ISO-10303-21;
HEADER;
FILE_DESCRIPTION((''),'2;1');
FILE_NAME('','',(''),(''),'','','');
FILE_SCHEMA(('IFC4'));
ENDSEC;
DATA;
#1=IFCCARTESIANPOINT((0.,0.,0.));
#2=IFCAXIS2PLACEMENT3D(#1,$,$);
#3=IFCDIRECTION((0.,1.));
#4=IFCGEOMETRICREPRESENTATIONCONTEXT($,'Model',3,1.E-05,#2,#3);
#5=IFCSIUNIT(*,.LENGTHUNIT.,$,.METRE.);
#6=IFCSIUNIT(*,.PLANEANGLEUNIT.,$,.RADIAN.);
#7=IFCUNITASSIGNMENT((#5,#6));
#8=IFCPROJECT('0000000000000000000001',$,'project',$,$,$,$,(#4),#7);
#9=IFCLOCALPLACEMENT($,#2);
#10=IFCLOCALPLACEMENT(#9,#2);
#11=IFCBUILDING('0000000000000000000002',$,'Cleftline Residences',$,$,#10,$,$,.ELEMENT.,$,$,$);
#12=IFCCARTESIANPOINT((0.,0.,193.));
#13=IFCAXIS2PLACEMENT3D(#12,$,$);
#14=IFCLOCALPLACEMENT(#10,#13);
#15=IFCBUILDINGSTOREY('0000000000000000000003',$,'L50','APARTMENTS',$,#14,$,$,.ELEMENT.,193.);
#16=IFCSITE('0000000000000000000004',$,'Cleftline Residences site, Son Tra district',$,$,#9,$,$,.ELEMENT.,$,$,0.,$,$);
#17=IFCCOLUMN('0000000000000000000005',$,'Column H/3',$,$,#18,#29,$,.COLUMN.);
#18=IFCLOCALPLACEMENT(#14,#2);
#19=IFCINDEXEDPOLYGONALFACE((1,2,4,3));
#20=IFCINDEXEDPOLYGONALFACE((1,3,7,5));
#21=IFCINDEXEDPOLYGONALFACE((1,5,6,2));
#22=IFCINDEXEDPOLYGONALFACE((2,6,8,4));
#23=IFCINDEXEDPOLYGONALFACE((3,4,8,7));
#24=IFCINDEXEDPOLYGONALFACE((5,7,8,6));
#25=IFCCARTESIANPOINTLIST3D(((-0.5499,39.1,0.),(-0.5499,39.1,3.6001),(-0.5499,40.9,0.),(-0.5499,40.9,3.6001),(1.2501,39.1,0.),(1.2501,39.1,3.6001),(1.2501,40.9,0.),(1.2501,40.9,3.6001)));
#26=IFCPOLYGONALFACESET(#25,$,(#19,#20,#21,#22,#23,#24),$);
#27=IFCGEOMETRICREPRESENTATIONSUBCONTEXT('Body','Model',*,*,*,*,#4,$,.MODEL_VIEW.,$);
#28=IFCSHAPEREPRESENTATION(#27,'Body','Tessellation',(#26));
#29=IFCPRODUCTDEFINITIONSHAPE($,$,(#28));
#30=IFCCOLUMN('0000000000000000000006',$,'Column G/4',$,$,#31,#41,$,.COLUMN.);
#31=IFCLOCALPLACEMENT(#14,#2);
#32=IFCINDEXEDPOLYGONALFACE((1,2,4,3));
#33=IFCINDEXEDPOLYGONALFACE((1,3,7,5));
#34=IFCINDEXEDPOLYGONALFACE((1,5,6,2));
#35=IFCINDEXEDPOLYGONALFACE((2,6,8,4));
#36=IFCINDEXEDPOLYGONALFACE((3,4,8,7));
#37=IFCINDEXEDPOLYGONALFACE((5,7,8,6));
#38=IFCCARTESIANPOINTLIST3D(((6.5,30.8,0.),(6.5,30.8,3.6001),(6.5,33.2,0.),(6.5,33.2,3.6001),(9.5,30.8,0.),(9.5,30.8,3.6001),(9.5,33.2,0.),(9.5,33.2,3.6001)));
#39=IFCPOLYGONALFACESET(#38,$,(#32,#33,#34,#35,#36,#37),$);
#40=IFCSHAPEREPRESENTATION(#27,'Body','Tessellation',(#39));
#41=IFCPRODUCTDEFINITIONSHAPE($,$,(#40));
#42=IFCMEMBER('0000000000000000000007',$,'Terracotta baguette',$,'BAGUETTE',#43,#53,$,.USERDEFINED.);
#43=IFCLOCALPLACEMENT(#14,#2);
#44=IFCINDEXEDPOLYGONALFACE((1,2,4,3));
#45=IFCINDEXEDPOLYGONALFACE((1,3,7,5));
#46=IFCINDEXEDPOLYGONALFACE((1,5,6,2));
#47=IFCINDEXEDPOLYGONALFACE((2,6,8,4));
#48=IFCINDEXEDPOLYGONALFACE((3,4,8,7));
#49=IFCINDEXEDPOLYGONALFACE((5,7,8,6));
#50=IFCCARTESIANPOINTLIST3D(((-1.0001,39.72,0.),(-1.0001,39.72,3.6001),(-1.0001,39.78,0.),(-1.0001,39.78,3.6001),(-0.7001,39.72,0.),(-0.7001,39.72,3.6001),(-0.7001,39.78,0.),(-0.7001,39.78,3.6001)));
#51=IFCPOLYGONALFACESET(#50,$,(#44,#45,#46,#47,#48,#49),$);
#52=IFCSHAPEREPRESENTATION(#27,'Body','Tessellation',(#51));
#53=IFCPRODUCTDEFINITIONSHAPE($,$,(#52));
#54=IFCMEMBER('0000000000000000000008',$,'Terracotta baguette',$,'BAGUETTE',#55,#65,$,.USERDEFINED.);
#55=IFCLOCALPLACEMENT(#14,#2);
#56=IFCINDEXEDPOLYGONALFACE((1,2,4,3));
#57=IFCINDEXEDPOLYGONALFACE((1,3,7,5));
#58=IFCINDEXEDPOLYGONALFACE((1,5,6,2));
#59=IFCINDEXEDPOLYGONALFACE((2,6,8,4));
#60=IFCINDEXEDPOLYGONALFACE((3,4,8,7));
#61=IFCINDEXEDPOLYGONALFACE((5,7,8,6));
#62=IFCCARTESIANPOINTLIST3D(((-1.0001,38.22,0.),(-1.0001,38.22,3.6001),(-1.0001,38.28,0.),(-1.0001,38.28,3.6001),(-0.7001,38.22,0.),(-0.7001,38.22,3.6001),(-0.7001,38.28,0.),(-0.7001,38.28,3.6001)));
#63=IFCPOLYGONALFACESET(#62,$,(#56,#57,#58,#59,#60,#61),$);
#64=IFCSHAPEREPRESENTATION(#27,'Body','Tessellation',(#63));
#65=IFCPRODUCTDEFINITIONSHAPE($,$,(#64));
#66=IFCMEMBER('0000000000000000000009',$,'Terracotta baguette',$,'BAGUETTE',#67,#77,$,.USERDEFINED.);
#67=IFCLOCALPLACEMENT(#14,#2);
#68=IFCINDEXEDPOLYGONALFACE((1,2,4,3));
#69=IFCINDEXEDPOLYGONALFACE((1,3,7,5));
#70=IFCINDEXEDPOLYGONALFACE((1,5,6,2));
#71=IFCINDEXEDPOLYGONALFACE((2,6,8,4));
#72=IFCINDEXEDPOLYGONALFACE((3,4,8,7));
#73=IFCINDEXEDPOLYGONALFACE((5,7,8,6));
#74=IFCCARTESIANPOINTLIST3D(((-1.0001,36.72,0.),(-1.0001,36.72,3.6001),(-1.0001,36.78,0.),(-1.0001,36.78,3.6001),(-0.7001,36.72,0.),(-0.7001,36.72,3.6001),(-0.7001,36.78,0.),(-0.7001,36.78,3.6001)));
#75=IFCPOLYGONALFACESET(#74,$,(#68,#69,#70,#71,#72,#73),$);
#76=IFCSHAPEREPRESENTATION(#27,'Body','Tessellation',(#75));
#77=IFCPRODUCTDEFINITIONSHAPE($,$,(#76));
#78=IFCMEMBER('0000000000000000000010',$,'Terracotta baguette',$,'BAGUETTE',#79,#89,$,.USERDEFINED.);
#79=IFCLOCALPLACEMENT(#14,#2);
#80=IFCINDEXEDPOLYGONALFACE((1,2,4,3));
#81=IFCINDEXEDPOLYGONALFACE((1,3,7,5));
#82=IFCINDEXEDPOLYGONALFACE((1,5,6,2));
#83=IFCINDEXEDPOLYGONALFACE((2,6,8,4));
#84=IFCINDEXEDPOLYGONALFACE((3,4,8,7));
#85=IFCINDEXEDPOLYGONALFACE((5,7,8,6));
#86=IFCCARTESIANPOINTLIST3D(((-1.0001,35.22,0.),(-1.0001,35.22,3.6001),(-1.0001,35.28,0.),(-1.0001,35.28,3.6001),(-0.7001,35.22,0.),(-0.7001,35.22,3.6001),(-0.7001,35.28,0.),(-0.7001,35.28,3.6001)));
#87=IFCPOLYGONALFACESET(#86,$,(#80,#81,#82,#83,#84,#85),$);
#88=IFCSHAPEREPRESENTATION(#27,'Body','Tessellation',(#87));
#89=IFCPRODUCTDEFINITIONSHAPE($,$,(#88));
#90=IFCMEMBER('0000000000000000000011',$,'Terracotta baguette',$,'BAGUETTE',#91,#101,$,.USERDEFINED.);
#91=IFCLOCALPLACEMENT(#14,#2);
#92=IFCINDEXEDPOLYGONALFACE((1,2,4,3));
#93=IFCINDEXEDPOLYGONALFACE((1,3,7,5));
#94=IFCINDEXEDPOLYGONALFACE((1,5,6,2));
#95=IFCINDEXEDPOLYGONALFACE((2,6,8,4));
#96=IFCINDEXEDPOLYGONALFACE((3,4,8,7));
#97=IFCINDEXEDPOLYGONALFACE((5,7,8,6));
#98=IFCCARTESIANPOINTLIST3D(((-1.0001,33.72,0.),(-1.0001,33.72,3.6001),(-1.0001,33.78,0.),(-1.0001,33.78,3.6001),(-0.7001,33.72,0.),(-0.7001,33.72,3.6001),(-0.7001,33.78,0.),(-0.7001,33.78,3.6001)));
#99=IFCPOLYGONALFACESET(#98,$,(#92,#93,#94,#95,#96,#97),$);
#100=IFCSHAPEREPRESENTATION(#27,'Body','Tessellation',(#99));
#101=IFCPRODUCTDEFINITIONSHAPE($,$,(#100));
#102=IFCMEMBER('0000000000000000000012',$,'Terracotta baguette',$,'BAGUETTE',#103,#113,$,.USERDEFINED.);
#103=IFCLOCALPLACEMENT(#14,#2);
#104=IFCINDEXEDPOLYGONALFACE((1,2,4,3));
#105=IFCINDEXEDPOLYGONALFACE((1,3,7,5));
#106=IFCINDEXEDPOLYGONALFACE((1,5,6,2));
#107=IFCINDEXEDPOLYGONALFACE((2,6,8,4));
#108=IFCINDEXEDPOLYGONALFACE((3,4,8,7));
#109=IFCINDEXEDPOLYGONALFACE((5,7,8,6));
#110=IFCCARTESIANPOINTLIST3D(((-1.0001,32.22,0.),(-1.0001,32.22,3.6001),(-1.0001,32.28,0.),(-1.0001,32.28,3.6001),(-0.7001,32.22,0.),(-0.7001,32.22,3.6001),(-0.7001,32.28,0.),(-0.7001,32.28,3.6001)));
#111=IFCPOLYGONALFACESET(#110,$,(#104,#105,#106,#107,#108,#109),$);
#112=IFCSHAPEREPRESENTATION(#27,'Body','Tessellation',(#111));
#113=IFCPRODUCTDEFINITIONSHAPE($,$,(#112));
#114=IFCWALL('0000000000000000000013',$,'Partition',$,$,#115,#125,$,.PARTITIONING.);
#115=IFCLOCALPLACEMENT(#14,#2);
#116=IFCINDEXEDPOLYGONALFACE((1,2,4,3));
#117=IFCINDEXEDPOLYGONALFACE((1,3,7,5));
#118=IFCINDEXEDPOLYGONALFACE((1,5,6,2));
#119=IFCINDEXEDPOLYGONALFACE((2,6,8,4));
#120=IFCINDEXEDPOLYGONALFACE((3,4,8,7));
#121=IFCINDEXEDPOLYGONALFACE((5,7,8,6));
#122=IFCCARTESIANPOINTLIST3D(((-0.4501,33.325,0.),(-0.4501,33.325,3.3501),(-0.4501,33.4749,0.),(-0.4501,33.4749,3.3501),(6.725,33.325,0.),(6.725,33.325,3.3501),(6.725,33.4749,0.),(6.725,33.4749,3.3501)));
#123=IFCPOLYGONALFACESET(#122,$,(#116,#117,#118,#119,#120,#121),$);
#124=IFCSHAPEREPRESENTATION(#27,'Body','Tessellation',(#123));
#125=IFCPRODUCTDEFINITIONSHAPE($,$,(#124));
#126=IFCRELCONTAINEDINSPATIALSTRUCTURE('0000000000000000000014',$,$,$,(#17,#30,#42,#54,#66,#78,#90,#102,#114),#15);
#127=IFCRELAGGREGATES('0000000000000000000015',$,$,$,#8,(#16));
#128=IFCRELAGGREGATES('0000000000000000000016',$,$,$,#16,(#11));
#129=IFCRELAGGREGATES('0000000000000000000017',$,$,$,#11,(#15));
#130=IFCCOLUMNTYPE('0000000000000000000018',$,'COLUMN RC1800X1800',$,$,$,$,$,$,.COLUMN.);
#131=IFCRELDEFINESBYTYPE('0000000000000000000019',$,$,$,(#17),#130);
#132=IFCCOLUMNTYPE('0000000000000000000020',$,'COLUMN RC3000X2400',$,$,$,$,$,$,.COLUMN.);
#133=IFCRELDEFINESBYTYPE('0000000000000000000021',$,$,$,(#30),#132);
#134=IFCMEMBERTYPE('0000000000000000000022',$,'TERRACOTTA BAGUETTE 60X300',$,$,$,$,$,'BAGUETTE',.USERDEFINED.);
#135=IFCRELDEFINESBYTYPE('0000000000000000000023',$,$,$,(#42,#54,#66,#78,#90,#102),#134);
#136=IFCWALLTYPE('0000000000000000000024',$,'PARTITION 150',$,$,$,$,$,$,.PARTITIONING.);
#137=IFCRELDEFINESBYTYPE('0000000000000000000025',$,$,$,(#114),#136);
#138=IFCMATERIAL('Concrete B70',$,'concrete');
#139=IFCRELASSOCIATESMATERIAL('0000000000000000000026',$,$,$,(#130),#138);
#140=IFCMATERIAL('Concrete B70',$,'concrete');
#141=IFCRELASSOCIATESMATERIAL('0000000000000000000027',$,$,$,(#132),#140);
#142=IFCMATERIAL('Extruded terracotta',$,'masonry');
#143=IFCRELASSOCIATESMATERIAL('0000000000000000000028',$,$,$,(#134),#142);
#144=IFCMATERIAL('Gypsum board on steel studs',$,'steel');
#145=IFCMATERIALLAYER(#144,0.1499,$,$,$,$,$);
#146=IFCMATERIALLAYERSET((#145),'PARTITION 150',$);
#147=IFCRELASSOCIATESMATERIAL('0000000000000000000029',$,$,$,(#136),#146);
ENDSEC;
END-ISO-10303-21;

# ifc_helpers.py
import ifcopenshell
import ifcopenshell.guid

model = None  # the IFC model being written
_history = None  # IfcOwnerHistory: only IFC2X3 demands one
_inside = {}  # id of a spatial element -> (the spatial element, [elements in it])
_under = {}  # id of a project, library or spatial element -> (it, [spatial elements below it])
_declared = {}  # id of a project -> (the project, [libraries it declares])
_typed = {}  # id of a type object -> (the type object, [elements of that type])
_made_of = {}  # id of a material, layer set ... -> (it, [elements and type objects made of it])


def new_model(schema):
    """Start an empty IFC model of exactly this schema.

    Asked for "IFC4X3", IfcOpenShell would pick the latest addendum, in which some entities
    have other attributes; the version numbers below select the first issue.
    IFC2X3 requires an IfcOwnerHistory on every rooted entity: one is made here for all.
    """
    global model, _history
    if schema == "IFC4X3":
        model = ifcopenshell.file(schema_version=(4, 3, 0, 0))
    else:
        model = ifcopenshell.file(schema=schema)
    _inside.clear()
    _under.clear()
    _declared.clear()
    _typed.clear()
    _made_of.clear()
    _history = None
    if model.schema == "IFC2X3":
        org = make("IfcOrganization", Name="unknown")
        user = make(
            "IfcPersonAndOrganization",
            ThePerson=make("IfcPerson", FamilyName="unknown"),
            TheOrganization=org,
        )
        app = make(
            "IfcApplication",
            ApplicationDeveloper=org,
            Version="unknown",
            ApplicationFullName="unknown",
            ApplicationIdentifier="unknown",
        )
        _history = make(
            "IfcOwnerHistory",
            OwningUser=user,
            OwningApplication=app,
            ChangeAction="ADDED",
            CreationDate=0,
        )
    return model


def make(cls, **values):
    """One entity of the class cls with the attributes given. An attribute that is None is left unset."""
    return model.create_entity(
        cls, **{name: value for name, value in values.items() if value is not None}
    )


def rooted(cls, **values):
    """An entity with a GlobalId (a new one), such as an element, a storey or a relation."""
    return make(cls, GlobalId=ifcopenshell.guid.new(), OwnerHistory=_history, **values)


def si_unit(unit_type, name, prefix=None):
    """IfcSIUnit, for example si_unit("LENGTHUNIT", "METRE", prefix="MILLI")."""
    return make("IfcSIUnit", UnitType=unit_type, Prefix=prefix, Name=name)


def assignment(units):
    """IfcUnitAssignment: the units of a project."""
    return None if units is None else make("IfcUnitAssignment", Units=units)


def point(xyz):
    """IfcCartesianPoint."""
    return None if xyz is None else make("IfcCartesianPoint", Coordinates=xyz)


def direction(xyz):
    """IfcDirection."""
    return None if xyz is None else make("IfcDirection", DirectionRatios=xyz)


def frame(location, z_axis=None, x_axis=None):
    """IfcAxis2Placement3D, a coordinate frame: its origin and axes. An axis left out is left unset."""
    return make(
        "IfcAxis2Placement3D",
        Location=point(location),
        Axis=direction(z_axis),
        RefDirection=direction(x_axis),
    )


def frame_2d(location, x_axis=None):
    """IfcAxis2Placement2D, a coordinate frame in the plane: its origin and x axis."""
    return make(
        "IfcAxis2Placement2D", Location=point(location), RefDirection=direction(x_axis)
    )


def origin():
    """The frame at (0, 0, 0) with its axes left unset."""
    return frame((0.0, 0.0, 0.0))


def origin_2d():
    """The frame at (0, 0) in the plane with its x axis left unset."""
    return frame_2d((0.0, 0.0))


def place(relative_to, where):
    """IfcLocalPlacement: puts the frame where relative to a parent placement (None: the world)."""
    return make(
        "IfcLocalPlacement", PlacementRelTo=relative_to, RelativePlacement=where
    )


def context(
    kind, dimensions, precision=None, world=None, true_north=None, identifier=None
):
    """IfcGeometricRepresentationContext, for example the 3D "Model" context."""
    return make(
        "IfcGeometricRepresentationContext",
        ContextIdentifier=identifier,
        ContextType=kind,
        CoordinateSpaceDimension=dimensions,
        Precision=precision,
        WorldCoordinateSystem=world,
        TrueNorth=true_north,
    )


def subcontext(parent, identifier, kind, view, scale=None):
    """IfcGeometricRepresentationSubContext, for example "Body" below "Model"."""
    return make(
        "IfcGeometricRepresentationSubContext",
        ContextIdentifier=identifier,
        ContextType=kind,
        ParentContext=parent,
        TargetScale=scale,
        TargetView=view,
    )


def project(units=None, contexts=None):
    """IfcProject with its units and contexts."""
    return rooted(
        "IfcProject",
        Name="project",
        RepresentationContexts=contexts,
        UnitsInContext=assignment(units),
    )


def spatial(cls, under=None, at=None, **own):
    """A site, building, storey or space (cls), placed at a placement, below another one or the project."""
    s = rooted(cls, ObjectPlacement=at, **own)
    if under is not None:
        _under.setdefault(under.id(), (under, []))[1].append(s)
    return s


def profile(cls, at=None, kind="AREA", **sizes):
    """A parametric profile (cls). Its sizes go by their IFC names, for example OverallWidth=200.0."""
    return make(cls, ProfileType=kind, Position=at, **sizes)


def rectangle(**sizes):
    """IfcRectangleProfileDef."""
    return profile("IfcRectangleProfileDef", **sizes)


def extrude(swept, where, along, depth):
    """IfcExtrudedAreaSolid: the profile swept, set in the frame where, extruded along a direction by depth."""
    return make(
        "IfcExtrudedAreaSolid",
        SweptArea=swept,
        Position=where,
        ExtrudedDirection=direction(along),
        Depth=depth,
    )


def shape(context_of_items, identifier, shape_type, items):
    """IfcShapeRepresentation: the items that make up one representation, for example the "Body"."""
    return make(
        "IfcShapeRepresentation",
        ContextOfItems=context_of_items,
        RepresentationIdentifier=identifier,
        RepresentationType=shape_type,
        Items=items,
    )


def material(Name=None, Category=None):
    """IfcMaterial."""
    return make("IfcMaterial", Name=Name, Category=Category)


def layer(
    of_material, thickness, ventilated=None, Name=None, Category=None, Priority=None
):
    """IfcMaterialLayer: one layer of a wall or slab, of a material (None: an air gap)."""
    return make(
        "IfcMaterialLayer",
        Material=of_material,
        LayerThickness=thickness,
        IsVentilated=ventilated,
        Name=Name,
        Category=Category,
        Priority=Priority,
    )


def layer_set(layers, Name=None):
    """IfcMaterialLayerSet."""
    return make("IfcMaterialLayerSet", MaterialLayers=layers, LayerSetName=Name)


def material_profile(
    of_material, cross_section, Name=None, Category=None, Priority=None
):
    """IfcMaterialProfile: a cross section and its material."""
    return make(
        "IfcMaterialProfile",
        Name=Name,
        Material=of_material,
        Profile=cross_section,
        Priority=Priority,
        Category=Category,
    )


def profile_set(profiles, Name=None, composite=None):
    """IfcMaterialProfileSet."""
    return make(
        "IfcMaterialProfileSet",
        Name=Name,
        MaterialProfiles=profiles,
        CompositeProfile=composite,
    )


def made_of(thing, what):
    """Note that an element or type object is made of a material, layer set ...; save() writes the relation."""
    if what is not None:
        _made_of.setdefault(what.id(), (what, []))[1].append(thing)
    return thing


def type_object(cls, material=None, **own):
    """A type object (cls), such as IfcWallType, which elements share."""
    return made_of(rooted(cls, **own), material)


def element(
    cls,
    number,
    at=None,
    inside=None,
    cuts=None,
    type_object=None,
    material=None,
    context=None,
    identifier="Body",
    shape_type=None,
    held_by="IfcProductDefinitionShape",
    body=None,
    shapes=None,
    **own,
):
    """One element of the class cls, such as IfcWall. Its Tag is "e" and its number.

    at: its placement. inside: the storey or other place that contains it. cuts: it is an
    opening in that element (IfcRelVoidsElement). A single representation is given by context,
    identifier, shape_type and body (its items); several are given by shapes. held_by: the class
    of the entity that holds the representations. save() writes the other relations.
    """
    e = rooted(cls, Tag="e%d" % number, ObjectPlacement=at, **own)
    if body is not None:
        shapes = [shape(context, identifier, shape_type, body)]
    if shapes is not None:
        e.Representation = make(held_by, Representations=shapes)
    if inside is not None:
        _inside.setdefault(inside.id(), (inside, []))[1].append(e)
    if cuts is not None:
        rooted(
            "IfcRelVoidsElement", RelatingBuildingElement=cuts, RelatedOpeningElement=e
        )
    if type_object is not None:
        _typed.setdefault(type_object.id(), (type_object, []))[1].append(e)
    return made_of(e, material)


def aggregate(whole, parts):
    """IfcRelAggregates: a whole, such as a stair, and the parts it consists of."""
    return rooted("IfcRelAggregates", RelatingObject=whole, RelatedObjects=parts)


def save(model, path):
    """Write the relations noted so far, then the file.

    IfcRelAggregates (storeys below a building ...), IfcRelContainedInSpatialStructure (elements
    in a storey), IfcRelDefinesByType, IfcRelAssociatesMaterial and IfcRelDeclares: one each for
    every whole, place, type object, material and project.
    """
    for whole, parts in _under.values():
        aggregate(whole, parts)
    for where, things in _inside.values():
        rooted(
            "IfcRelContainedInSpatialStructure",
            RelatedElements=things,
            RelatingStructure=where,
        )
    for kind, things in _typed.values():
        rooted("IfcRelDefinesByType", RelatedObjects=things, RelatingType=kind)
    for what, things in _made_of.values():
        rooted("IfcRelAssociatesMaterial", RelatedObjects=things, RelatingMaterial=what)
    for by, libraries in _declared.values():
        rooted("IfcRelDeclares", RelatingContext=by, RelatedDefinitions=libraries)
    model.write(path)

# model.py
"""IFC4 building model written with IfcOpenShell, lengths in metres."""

from ifc_helpers import new_model, si_unit, direction, frame, frame_2d, origin, origin_2d, place, context, subcontext, project, spatial, rectangle, extrude, material, layer, layer_set, material_profile, profile_set, type_object, element, save


model = new_model("IFC4")

# Units and contexts
model_context = context("Model", 3, precision=1e-05, world=origin(), true_north=direction((0.0, 1.0)))
body_context = subcontext(model_context, "Body", "Model", "MODEL_VIEW")
ifc_project = project(units=[si_unit("LENGTHUNIT", "METRE"), si_unit("PLANEANGLEUNIT", "RADIAN")], contexts=[model_context])

# Site, building, storey
site_placement = place(None, origin())
site = spatial("IfcSite", under=ifc_project, at=site_placement, Name="Cleftline Residences site, Son Tra district", CompositionType="ELEMENT", RefElevation=0.0)
building_placement = place(site_placement, origin())
building = spatial("IfcBuilding", under=site, at=building_placement, Name="Cleftline Residences", CompositionType="ELEMENT")
storey_placement = place(building_placement, frame((0.0, 0.0, 193.0)))
storey = spatial("IfcBuildingStorey", under=building, at=storey_placement, Name="L50", Description="APARTMENTS", CompositionType="ELEMENT", Elevation=193.0)

# Columns
ifc_material_1 = material(Name="Concrete B70", Category="concrete")
ifc_material_profile_1 = material_profile(ifc_material_1, rectangle(XDim=1.8, YDim=1.8, at=origin_2d()))
ifc_profile_set_1 = profile_set([ifc_material_profile_1], Name="Concrete B70")
column_type_1 = type_object("IfcColumnType", Name="COLUMN RC1800X1800", PredefinedType="COLUMN", material=ifc_profile_set_1)
column_1_placement = place(storey_placement, frame((0.3501, 40.0, 0.0), z_axis=(0.0, 0.0, 1.0), x_axis=(1.0, 0.0, 0.0)))
element("IfcColumn", 1, at=column_1_placement, inside=storey, type_object=column_type_1, Name="Column H/3", PredefinedType="COLUMN", context=body_context, shape_type="SweptSolid", body=[
    extrude(rectangle(XDim=1.8, YDim=1.8, at=origin_2d()), origin(), (0.0, 0.0, 1.0), 3.6001),
])
ifc_material_2 = material(Name="Concrete B70", Category="concrete")
ifc_material_profile_2 = material_profile(ifc_material_2, rectangle(XDim=3.0, YDim=2.3999, at=origin_2d()))
ifc_profile_set_2 = profile_set([ifc_material_profile_2], Name="Concrete B70")
column_type_2 = type_object("IfcColumnType", Name="COLUMN RC3000X2400", PredefinedType="COLUMN", material=ifc_profile_set_2)
column_2_placement = place(storey_placement, frame((8.0, 32.0, 0.0), z_axis=(0.0, 0.0, 1.0), x_axis=(1.0, 0.0, 0.0)))
element("IfcColumn", 2, at=column_2_placement, inside=storey, type_object=column_type_2, Name="Column G/4", PredefinedType="COLUMN", context=body_context, shape_type="SweptSolid", body=[
    extrude(rectangle(XDim=3.0, YDim=2.3999, at=origin_2d()), origin(), (0.0, 0.0, 1.0), 3.6001),
])

# Members
ifc_material_3 = material(Name="Extruded terracotta", Category="masonry")
ifc_material_profile_3 = material_profile(ifc_material_3, rectangle(XDim=0.0601, YDim=0.3, at=origin_2d()))
ifc_profile_set_3 = profile_set([ifc_material_profile_3], Name="Extruded terracotta")
member_type = type_object("IfcMemberType", Name="TERRACOTTA BAGUETTE 60X300", ElementType="BAGUETTE", PredefinedType="USERDEFINED", material=ifc_profile_set_3)
for number, where, z_axis, x_axis, name in (
    (3, (-0.8501, 39.75, 0.0), (0.0, 0.0, 1.0), (0.0, 1.0, 0.0), "Terracotta baguette"),
    (4, (-0.8501, 38.25, 0.0), (0.0, 0.0, 1.0), (0.0, 1.0, 0.0), "Terracotta baguette"),
    (5, (-0.8501, 36.75, 0.0), (0.0, 0.0, 1.0), (0.0, 1.0, 0.0), "Terracotta baguette"),
    (6, (-0.8501, 35.25, 0.0), (0.0, 0.0, 1.0), (0.0, 1.0, 0.0), "Terracotta baguette"),
    (7, (-0.8501, 33.75, 0.0), (0.0, 0.0, 1.0), (0.0, 1.0, 0.0), "Terracotta baguette"),
    (8, (-0.8501, 32.25, 0.0), (0.0, 0.0, 1.0), (0.0, 1.0, 0.0), "Terracotta baguette"),
):
    element("IfcMember", number, at=place(storey_placement, frame(where, z_axis=z_axis, x_axis=x_axis)), inside=storey, type_object=member_type, Name=name, ObjectType="BAGUETTE", PredefinedType="USERDEFINED", context=body_context, shape_type="SweptSolid", body=[
        extrude(rectangle(XDim=0.0601, YDim=0.3, at=origin_2d()), origin(), (0.0, 0.0, 1.0), 3.6001),
    ])

# Wall
ifc_material_4 = material(Name="Gypsum board on steel studs", Category="steel")
ifc_layer = layer(ifc_material_4, 0.1499)
ifc_layer_set = layer_set([ifc_layer], Name="PARTITION 150")
wall_type = type_object("IfcWallType", Name="PARTITION 150", PredefinedType="PARTITIONING", material=ifc_layer_set)
wall_1_placement = place(storey_placement, frame((-0.45, 33.3999, 0.0), z_axis=(0.0, 0.0, 1.0), x_axis=(1.0, 0.0, 0.0)))
element("IfcWall", 9, at=wall_1_placement, inside=storey, type_object=wall_type, Name="Partition", PredefinedType="PARTITIONING", context=body_context, shape_type="SweptSolid", body=[
    extrude(rectangle(XDim=7.175, YDim=0.1499, at=frame_2d((3.5874, 0.0))), origin(), (0.0, 0.0, 1.0), 3.3501),
])

save(model, "model.ifc")
